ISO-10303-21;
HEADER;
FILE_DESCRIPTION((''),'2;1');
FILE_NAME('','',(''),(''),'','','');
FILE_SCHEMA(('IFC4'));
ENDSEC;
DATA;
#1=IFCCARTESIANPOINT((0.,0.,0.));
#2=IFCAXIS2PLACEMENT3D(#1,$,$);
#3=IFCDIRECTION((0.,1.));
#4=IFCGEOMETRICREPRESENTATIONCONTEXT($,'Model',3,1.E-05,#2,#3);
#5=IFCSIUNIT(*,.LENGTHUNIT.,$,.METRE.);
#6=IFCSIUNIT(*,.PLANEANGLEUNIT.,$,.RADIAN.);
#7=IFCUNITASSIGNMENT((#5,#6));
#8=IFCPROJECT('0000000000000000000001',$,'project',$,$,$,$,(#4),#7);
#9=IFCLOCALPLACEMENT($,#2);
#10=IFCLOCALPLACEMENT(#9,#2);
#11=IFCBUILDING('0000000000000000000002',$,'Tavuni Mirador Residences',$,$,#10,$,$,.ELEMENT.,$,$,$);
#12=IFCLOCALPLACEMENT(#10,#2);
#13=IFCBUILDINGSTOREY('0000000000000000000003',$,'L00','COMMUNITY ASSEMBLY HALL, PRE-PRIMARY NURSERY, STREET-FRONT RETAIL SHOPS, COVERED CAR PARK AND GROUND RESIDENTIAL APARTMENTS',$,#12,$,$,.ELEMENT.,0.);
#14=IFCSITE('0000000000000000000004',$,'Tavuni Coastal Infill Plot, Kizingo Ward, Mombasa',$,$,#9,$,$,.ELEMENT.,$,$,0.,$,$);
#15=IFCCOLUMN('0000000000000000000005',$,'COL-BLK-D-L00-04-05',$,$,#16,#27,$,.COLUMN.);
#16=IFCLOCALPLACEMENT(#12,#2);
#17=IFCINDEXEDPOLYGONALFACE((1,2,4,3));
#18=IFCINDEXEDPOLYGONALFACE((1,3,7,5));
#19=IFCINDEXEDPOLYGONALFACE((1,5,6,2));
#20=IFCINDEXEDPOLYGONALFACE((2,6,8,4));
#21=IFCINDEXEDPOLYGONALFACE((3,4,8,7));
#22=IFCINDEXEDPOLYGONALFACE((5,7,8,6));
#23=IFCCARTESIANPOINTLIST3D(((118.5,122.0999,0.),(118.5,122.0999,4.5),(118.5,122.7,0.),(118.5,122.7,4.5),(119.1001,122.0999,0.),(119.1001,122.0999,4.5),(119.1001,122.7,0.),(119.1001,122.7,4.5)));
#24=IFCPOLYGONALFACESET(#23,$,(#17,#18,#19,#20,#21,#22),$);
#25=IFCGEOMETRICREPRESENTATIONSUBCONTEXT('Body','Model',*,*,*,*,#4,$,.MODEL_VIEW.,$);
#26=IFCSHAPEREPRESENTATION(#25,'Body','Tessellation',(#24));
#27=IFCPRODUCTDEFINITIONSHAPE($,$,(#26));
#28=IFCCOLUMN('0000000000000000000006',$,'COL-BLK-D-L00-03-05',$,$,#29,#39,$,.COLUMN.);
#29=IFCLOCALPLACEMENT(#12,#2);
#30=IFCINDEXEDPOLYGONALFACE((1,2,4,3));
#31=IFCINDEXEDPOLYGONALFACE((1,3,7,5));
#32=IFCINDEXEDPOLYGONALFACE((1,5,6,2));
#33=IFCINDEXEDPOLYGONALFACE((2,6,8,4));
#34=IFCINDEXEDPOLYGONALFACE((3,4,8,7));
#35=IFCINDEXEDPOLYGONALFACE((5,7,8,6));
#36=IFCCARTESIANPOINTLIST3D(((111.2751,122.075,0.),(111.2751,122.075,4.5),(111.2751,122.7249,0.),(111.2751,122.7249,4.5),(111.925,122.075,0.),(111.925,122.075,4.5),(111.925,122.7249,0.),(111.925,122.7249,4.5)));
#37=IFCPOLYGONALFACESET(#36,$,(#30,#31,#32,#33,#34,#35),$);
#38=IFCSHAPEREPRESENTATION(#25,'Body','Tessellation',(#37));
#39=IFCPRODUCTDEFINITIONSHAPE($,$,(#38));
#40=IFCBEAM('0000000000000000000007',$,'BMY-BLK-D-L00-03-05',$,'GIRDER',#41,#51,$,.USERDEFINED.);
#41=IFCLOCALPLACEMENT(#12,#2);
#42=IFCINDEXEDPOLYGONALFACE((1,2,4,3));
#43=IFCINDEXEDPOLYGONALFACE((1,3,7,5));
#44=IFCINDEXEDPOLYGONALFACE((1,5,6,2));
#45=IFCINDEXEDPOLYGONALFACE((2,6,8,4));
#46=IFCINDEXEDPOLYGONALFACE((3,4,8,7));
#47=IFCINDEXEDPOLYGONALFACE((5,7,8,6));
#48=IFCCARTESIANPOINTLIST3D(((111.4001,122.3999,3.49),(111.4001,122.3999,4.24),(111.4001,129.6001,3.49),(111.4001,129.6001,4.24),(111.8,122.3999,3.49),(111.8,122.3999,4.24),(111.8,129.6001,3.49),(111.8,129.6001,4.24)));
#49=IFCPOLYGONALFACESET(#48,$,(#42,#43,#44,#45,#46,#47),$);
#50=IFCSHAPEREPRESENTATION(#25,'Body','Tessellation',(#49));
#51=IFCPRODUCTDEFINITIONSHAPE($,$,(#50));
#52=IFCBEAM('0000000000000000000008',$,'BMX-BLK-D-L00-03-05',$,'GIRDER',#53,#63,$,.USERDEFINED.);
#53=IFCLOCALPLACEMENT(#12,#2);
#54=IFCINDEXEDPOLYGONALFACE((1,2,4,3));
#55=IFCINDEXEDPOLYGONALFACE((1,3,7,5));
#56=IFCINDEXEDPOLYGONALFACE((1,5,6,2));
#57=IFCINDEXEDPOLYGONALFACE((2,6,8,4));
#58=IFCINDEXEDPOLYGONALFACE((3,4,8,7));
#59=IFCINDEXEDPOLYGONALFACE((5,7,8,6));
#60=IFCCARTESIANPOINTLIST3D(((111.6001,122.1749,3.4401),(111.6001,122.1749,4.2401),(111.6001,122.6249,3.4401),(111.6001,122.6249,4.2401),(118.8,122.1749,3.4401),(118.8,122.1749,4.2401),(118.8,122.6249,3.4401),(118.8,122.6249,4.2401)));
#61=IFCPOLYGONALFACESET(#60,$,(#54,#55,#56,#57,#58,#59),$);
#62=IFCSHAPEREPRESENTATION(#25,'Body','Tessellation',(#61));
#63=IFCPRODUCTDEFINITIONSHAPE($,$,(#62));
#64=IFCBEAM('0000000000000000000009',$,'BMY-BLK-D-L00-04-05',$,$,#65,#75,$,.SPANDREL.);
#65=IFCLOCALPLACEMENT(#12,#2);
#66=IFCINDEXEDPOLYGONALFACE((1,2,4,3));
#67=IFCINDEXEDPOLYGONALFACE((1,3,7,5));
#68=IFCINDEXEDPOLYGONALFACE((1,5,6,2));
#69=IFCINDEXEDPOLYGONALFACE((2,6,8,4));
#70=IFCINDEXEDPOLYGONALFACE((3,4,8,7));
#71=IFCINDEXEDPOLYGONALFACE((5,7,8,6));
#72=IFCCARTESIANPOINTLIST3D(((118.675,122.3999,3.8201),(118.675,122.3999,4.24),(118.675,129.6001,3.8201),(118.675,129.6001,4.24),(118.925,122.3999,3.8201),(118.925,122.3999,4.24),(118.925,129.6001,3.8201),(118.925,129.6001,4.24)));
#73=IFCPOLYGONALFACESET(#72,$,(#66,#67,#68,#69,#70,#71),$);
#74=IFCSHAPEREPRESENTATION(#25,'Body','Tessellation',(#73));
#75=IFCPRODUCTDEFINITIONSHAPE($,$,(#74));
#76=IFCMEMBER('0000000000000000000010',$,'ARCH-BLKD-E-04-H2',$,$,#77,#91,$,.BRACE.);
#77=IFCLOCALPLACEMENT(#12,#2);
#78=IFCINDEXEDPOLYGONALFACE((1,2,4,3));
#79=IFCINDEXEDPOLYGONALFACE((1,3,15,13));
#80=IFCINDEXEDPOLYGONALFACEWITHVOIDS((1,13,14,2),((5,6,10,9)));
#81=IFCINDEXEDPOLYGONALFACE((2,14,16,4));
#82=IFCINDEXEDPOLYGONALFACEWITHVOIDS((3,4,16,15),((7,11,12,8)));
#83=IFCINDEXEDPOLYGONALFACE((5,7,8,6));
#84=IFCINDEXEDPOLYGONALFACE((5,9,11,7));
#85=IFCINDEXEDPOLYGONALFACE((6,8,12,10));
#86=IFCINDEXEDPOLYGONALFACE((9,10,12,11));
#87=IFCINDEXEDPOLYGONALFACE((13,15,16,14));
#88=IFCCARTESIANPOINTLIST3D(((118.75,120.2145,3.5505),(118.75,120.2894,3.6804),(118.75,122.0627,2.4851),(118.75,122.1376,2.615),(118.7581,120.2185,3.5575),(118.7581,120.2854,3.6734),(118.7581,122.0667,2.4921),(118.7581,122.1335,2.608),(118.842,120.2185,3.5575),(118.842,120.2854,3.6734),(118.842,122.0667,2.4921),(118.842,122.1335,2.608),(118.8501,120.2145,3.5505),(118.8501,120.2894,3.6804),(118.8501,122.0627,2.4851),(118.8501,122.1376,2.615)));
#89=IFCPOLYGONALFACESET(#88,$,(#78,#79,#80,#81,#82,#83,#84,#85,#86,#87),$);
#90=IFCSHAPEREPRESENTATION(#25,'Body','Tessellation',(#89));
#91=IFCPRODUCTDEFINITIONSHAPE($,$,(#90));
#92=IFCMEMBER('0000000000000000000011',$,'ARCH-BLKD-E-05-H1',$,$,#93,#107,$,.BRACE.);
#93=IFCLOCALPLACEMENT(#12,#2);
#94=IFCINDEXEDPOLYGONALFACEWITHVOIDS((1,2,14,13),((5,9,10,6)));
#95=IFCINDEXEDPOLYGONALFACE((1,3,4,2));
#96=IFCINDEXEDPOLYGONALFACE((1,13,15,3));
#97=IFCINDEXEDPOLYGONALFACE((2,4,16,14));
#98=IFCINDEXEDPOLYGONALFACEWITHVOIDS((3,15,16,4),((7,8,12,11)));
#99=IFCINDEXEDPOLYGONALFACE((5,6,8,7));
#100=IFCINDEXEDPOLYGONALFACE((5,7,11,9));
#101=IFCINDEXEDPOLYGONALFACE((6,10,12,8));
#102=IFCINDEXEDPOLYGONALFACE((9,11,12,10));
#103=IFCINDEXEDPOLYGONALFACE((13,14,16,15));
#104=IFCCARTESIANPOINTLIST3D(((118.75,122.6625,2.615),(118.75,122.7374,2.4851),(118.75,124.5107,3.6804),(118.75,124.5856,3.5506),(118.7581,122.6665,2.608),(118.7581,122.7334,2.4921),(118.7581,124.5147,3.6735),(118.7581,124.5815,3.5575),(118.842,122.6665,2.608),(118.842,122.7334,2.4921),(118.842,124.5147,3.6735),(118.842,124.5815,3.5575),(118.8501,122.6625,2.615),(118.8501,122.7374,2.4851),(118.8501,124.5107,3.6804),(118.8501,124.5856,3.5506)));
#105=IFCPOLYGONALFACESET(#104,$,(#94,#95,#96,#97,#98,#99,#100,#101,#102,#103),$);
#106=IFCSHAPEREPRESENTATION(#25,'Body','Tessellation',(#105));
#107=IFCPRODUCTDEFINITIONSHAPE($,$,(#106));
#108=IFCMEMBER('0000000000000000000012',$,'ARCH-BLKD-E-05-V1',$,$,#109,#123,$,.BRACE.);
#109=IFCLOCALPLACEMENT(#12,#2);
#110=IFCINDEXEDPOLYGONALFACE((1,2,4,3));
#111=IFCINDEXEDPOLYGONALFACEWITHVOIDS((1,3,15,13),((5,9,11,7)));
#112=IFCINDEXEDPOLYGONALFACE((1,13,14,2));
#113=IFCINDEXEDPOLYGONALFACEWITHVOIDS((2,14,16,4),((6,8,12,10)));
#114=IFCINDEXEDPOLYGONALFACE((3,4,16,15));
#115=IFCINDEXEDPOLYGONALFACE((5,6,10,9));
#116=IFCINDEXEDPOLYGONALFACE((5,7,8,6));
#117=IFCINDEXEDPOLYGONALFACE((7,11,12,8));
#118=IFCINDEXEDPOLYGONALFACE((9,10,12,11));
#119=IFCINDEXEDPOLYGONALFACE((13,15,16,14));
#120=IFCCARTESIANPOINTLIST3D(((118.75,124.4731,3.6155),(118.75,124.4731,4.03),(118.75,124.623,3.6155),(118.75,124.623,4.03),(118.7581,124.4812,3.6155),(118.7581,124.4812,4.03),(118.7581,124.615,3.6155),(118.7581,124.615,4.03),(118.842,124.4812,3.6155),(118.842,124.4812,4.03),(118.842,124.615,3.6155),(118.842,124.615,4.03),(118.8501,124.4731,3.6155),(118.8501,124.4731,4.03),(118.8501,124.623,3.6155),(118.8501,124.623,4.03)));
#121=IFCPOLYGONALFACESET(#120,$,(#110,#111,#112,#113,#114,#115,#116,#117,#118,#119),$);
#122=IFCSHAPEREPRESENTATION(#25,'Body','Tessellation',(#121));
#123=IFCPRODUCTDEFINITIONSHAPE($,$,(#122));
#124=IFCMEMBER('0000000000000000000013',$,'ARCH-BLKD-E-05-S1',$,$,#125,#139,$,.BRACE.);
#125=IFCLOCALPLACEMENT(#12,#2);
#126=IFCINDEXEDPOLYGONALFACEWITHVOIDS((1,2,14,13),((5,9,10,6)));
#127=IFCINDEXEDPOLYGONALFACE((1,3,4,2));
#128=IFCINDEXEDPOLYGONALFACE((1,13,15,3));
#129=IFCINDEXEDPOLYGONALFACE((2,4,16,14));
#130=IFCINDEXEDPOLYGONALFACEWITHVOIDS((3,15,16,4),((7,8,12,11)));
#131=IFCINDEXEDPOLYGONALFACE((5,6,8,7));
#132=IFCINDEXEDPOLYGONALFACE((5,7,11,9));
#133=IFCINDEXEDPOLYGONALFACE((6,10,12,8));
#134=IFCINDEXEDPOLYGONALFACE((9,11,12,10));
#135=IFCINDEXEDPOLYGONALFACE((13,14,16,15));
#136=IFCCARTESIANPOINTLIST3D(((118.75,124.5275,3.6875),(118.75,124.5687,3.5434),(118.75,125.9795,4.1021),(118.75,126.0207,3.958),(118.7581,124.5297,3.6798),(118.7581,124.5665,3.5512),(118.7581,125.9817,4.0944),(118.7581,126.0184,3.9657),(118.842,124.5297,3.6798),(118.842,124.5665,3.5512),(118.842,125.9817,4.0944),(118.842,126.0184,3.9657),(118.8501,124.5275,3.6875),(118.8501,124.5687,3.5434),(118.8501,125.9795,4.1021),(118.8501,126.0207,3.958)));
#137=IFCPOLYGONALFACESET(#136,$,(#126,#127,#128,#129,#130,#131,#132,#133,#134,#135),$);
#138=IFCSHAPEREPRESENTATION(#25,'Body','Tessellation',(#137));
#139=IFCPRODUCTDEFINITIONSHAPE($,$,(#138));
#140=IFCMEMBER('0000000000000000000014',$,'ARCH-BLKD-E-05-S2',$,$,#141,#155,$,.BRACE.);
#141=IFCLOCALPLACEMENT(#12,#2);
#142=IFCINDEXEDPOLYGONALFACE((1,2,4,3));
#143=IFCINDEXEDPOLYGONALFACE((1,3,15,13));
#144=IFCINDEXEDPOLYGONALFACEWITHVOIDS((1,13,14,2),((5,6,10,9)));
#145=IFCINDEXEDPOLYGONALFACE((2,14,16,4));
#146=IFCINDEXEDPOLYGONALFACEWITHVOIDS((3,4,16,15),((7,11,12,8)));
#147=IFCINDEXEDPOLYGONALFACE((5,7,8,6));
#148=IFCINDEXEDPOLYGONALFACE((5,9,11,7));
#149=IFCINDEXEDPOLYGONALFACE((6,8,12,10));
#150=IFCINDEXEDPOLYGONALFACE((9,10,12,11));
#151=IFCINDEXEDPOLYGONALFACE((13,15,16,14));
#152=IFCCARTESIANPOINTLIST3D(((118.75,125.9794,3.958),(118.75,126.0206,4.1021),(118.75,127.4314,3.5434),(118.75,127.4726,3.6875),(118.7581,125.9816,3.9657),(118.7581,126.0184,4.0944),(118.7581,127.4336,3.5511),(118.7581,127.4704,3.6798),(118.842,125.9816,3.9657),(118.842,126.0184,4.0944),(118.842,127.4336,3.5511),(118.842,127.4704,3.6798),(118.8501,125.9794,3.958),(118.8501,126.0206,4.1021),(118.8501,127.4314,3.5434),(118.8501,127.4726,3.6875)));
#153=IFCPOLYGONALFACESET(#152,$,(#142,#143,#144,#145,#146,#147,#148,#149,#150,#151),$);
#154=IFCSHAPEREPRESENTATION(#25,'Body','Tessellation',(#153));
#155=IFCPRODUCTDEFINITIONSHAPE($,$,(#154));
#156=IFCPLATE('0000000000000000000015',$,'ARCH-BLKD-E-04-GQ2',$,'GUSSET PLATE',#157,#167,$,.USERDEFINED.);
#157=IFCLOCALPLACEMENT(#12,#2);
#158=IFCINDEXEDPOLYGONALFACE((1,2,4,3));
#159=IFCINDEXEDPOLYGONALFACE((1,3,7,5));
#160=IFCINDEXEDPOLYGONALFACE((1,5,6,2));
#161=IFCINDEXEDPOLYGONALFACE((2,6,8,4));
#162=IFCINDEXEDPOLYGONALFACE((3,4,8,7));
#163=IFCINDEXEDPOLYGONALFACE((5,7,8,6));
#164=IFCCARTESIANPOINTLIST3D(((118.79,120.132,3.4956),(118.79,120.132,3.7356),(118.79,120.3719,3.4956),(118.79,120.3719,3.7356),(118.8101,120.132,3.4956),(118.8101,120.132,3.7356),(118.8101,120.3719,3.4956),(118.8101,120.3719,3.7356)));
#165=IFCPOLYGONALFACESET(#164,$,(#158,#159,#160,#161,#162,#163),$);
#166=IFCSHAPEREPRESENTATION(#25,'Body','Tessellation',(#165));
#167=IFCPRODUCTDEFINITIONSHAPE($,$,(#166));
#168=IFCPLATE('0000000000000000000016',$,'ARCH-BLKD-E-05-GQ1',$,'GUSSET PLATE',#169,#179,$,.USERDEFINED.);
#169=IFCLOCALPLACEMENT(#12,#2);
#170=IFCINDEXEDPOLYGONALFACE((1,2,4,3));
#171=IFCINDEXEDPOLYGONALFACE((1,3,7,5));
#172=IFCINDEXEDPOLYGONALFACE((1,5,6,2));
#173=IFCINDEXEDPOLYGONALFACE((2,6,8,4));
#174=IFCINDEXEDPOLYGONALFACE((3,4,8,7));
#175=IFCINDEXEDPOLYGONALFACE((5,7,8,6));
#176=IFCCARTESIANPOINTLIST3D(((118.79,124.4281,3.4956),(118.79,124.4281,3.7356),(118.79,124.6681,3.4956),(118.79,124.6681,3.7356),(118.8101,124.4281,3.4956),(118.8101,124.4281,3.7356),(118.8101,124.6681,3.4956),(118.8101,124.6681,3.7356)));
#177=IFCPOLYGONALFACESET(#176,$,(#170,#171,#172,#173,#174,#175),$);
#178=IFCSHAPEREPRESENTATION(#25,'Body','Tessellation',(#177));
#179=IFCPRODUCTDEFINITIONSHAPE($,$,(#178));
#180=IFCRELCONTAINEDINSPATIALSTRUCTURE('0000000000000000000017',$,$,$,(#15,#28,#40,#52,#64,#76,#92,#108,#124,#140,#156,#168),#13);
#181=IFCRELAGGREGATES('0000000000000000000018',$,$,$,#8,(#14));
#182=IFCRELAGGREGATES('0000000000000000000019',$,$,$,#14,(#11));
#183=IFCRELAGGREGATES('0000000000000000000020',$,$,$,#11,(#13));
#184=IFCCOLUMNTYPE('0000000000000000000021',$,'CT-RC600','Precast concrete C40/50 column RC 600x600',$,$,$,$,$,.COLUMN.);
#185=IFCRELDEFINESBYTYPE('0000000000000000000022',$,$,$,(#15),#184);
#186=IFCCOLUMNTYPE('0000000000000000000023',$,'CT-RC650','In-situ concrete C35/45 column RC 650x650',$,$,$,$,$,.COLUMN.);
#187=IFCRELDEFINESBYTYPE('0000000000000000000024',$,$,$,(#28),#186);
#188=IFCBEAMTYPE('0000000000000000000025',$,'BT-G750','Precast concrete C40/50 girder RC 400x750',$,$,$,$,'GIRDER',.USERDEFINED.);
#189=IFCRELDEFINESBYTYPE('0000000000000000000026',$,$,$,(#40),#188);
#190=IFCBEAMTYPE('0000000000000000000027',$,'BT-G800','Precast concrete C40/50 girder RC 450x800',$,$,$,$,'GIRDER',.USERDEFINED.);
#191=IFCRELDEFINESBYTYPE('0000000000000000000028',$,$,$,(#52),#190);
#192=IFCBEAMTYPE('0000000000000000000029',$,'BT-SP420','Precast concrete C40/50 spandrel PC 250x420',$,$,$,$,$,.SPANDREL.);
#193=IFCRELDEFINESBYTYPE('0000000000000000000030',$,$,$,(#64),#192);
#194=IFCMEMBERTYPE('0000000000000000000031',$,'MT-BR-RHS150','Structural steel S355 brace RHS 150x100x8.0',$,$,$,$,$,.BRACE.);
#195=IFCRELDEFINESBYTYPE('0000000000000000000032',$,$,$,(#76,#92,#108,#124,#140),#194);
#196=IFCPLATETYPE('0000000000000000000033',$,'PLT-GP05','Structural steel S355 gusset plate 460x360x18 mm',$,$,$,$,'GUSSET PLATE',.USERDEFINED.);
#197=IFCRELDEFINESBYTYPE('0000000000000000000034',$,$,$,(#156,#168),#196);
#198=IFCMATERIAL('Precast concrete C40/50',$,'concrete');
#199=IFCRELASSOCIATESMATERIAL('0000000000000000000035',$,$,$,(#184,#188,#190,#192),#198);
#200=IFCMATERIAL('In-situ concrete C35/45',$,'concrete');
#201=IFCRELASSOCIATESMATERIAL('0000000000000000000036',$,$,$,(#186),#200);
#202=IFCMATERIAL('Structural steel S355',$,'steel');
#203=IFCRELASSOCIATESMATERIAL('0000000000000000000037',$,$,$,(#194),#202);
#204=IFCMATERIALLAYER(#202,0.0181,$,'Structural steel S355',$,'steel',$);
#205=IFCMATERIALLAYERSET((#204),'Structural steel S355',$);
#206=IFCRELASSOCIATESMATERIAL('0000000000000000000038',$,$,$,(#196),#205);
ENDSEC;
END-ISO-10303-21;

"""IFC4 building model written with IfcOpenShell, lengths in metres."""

from ifc_helpers import new_model, si_unit, direction, frame, origin, origin_2d, place, context, subcontext, project, spatial, rectangle, hollow_rectangle, extrude, material, layer, layer_set, material_profile, profile_set, type_object, element, save


model = new_model("IFC4")

# Units and contexts
model_context = context("Model", 3, precision=1e-05, world=origin(), true_north=direction((0.0, 1.0)))
body_context = subcontext(model_context, "Body", "Model", "MODEL_VIEW")
ifc_project = project(units=[si_unit("LENGTHUNIT", "METRE"), si_unit("PLANEANGLEUNIT", "RADIAN")], contexts=[model_context])

# Site, building, storey
site_placement = place(None, origin())
site = spatial("IfcSite", under=ifc_project, at=site_placement, Name="Tavuni Coastal Infill Plot, Kizingo Ward, Mombasa", CompositionType="ELEMENT", RefElevation=0.0)
building_placement = place(site_placement, origin())
building = spatial("IfcBuilding", under=site, at=building_placement, Name="Tavuni Mirador Residences", CompositionType="ELEMENT")
storey_placement = place(building_placement, origin())
storey = spatial("IfcBuildingStorey", under=building, at=storey_placement, Name="L00", Description="COMMUNITY ASSEMBLY HALL, PRE-PRIMARY NURSERY, STREET-FRONT RETAIL SHOPS, COVERED CAR PARK AND GROUND RESIDENTIAL APARTMENTS", CompositionType="ELEMENT", Elevation=0.0)

# Columns
ifc_material_1 = material(Name="Precast concrete C40/50", Category="concrete")
ifc_material_profile_1 = material_profile(ifc_material_1, rectangle(XDim=0.6001, YDim=0.6001, at=origin_2d()), Name="RC 600x600", Category="concrete")
ifc_profile_set_1 = profile_set([ifc_material_profile_1], Name="Precast concrete C40/50")
column_type_1 = type_object("IfcColumnType", Name="CT-RC600", Description="Precast concrete C40/50 column RC 600x600", PredefinedType="COLUMN", material=ifc_profile_set_1)
column_1_placement = place(storey_placement, frame((118.8, 122.3999, 0.0), z_axis=(0.0, 0.0, 1.0), x_axis=(1.0, 0.0, 0.0)))
element("IfcColumn", 1, at=column_1_placement, inside=storey, type_object=column_type_1, Name="COL-BLK-D-L00-04-05", PredefinedType="COLUMN", context=body_context, shape_type="SweptSolid", body=[
    extrude(rectangle(XDim=0.6001, YDim=0.6001, at=origin_2d()), origin(), (0.0, 0.0, 1.0), 4.5),
])
ifc_material_2 = material(Name="In-situ concrete C35/45", Category="concrete")
ifc_material_profile_2 = material_profile(ifc_material_2, rectangle(XDim=0.6499, YDim=0.6499, at=origin_2d()), Name="RC 650x650", Category="concrete")
ifc_profile_set_2 = profile_set([ifc_material_profile_2], Name="In-situ concrete C35/45")
column_type_2 = type_object("IfcColumnType", Name="CT-RC650", Description="In-situ concrete C35/45 column RC 650x650", PredefinedType="COLUMN", material=ifc_profile_set_2)
column_2_placement = place(storey_placement, frame((111.6001, 122.3999, 0.0), z_axis=(0.0, 0.0, 1.0), x_axis=(1.0, 0.0, 0.0)))
element("IfcColumn", 2, at=column_2_placement, inside=storey, type_object=column_type_2, Name="COL-BLK-D-L00-03-05", PredefinedType="COLUMN", context=body_context, shape_type="SweptSolid", body=[
    extrude(rectangle(XDim=0.6499, YDim=0.6499, at=origin_2d()), origin(), (0.0, 0.0, 1.0), 4.5),
])

# Beams
ifc_material_profile_3 = material_profile(ifc_material_1, rectangle(XDim=0.3999, YDim=0.75, at=origin_2d()), Name="RC 400x750", Category="concrete")
ifc_profile_set_3 = profile_set([ifc_material_profile_3], Name="Precast concrete C40/50")
beam_type_1 = type_object("IfcBeamType", Name="BT-G750", Description="Precast concrete C40/50 girder RC 400x750", ElementType="GIRDER", PredefinedType="USERDEFINED", material=ifc_profile_set_3)
beam_1_placement = place(storey_placement, frame((111.6001, 122.3999, 3.865), z_axis=(0.0, 1.0, 0.0), x_axis=(-1.0, 0.0, 0.0)))
element("IfcBeam", 3, at=beam_1_placement, inside=storey, type_object=beam_type_1, Name="BMY-BLK-D-L00-03-05", ObjectType="GIRDER", PredefinedType="USERDEFINED", context=body_context, shape_type="SweptSolid", body=[
    extrude(rectangle(XDim=0.3999, YDim=0.75, at=origin_2d()), origin(), (0.0, 0.0, 1.0), 7.2002),
])
ifc_material_profile_4 = material_profile(ifc_material_1, rectangle(XDim=0.45, YDim=0.8, at=origin_2d()), Name="RC 450x800", Category="concrete")
ifc_profile_set_4 = profile_set([ifc_material_profile_4], Name="Precast concrete C40/50")
beam_type_2 = type_object("IfcBeamType", Name="BT-G800", Description="Precast concrete C40/50 girder RC 450x800", ElementType="GIRDER", PredefinedType="USERDEFINED", material=ifc_profile_set_4)
beam_2_placement = place(storey_placement, frame((111.6001, 122.3999, 3.8401), z_axis=(1.0, 0.0, 0.0), x_axis=(0.0, 1.0, 0.0)))
element("IfcBeam", 4, at=beam_2_placement, inside=storey, type_object=beam_type_2, Name="BMX-BLK-D-L00-03-05", ObjectType="GIRDER", PredefinedType="USERDEFINED", context=body_context, shape_type="SweptSolid", body=[
    extrude(rectangle(XDim=0.45, YDim=0.8, at=origin_2d()), origin(), (0.0, 0.0, 1.0), 7.2),
])
ifc_material_profile_5 = material_profile(ifc_material_1, rectangle(XDim=0.25, YDim=0.4199, at=origin_2d()), Name="PC 250x420", Category="concrete")
ifc_profile_set_5 = profile_set([ifc_material_profile_5], Name="Precast concrete C40/50")
beam_type_3 = type_object("IfcBeamType", Name="BT-SP420", Description="Precast concrete C40/50 spandrel PC 250x420", PredefinedType="SPANDREL", material=ifc_profile_set_5)
beam_3_placement = place(storey_placement, frame((118.8, 122.3999, 4.03), z_axis=(0.0, 1.0, 0.0), x_axis=(-1.0, 0.0, 0.0)))
element("IfcBeam", 5, at=beam_3_placement, inside=storey, type_object=beam_type_3, Name="BMY-BLK-D-L00-04-05", PredefinedType="SPANDREL", context=body_context, shape_type="SweptSolid", body=[
    extrude(rectangle(XDim=0.25, YDim=0.4199, at=origin_2d()), origin(), (0.0, 0.0, 1.0), 7.2002),
])

# Members
ifc_material_3 = material(Name="Structural steel S355", Category="steel")
ifc_material_profile_6 = material_profile(ifc_material_3, hollow_rectangle(XDim=0.1001, YDim=0.1499, WallThickness=0.0081, at=origin_2d()), Name="RHS 150x100x8.0", Category="steel")
ifc_profile_set_6 = profile_set([ifc_material_profile_6], Name="Structural steel S355")
member_type = type_object("IfcMemberType", Name="MT-BR-RHS150", Description="Structural steel S355 brace RHS 150x100x8.0", PredefinedType="BRACE", material=ifc_profile_set_6)
for number, where, z_axis, x_axis, name in (
    (6, (118.8, 120.252, 3.6155), (0.0, 0.866349, -0.499438), (-1.0, 0.0, 0.0), "ARCH-BLKD-E-04-H2"),
    (7, (118.8, 122.7, 2.55), (0.0, 0.866349, 0.499438), (-1.0, 0.0, 0.0), "ARCH-BLKD-E-05-H1"),
):
    element("IfcMember", number, at=place(storey_placement, frame(where, z_axis=z_axis, x_axis=x_axis)), inside=storey, type_object=member_type, Name=name, PredefinedType="BRACE", context=body_context, shape_type="SweptSolid", body=[
        extrude(hollow_rectangle(XDim=0.1001, YDim=0.1499, WallThickness=0.0081, at=origin_2d()), origin(), (0.0, 0.0, 1.0), 2.1333),
    ])
member_placement = place(storey_placement, frame((118.8, 124.5481, 3.6155), z_axis=(0.0, 0.0, 1.0), x_axis=(1.0, 0.0, 0.0)))
element("IfcMember", 8, at=member_placement, inside=storey, type_object=member_type, Name="ARCH-BLKD-E-05-V1", PredefinedType="BRACE", context=body_context, shape_type="SweptSolid", body=[
    extrude(hollow_rectangle(XDim=0.1001, YDim=0.1499, WallThickness=0.0081, at=origin_2d()), origin(), (0.0, 0.0, 1.0), 0.4146),
])
for number, where, z_axis, x_axis, name in (
    (9, (118.8, 124.5481, 3.6155), (0.0, 0.961573, 0.27455), (-1.0, 0.0, 0.0), "ARCH-BLKD-E-05-S1"),
    (10, (118.8, 126.0, 4.03), (0.0, 0.961573, -0.27455), (-1.0, 0.0, 0.0), "ARCH-BLKD-E-05-S2"),
):
    element("IfcMember", number, at=place(storey_placement, frame(where, z_axis=z_axis, x_axis=x_axis)), inside=storey, type_object=member_type, Name=name, PredefinedType="BRACE", context=body_context, shape_type="SweptSolid", body=[
        extrude(hollow_rectangle(XDim=0.1001, YDim=0.1499, WallThickness=0.0081, at=origin_2d()), origin(), (0.0, 0.0, 1.0), 1.51),
    ])

# Plates
ifc_layer_1 = layer(ifc_material_3, 0.0181, Name="Structural steel S355", Category="steel")
ifc_layer_set_1 = layer_set([ifc_layer_1], Name="Structural steel S355")
plate_type = type_object("IfcPlateType", Name="PLT-GP05", Description="Structural steel S355 gusset plate 460x360x18 mm", ElementType="GUSSET PLATE", PredefinedType="USERDEFINED", material=ifc_layer_set_1)
for number, where, z_axis, x_axis, name in (
    (11, (118.8, 120.252, 3.4956), (0.0, 0.0, 1.0), (1.0, 0.0, 0.0), "ARCH-BLKD-E-04-GQ2"),
    (12, (118.8, 124.5481, 3.4956), (0.0, 0.0, 1.0), (1.0, 0.0, 0.0), "ARCH-BLKD-E-05-GQ1"),
):
    element("IfcPlate", number, at=place(storey_placement, frame(where, z_axis=z_axis, x_axis=x_axis)), inside=storey, type_object=plate_type, Name=name, ObjectType="GUSSET PLATE", PredefinedType="USERDEFINED", context=body_context, shape_type="SweptSolid", body=[
        extrude(rectangle(XDim=0.02, YDim=0.24, at=origin_2d()), origin(), (0.0, 0.0, 1.0), 0.24),
    ])

save(model, "model.ifc")
